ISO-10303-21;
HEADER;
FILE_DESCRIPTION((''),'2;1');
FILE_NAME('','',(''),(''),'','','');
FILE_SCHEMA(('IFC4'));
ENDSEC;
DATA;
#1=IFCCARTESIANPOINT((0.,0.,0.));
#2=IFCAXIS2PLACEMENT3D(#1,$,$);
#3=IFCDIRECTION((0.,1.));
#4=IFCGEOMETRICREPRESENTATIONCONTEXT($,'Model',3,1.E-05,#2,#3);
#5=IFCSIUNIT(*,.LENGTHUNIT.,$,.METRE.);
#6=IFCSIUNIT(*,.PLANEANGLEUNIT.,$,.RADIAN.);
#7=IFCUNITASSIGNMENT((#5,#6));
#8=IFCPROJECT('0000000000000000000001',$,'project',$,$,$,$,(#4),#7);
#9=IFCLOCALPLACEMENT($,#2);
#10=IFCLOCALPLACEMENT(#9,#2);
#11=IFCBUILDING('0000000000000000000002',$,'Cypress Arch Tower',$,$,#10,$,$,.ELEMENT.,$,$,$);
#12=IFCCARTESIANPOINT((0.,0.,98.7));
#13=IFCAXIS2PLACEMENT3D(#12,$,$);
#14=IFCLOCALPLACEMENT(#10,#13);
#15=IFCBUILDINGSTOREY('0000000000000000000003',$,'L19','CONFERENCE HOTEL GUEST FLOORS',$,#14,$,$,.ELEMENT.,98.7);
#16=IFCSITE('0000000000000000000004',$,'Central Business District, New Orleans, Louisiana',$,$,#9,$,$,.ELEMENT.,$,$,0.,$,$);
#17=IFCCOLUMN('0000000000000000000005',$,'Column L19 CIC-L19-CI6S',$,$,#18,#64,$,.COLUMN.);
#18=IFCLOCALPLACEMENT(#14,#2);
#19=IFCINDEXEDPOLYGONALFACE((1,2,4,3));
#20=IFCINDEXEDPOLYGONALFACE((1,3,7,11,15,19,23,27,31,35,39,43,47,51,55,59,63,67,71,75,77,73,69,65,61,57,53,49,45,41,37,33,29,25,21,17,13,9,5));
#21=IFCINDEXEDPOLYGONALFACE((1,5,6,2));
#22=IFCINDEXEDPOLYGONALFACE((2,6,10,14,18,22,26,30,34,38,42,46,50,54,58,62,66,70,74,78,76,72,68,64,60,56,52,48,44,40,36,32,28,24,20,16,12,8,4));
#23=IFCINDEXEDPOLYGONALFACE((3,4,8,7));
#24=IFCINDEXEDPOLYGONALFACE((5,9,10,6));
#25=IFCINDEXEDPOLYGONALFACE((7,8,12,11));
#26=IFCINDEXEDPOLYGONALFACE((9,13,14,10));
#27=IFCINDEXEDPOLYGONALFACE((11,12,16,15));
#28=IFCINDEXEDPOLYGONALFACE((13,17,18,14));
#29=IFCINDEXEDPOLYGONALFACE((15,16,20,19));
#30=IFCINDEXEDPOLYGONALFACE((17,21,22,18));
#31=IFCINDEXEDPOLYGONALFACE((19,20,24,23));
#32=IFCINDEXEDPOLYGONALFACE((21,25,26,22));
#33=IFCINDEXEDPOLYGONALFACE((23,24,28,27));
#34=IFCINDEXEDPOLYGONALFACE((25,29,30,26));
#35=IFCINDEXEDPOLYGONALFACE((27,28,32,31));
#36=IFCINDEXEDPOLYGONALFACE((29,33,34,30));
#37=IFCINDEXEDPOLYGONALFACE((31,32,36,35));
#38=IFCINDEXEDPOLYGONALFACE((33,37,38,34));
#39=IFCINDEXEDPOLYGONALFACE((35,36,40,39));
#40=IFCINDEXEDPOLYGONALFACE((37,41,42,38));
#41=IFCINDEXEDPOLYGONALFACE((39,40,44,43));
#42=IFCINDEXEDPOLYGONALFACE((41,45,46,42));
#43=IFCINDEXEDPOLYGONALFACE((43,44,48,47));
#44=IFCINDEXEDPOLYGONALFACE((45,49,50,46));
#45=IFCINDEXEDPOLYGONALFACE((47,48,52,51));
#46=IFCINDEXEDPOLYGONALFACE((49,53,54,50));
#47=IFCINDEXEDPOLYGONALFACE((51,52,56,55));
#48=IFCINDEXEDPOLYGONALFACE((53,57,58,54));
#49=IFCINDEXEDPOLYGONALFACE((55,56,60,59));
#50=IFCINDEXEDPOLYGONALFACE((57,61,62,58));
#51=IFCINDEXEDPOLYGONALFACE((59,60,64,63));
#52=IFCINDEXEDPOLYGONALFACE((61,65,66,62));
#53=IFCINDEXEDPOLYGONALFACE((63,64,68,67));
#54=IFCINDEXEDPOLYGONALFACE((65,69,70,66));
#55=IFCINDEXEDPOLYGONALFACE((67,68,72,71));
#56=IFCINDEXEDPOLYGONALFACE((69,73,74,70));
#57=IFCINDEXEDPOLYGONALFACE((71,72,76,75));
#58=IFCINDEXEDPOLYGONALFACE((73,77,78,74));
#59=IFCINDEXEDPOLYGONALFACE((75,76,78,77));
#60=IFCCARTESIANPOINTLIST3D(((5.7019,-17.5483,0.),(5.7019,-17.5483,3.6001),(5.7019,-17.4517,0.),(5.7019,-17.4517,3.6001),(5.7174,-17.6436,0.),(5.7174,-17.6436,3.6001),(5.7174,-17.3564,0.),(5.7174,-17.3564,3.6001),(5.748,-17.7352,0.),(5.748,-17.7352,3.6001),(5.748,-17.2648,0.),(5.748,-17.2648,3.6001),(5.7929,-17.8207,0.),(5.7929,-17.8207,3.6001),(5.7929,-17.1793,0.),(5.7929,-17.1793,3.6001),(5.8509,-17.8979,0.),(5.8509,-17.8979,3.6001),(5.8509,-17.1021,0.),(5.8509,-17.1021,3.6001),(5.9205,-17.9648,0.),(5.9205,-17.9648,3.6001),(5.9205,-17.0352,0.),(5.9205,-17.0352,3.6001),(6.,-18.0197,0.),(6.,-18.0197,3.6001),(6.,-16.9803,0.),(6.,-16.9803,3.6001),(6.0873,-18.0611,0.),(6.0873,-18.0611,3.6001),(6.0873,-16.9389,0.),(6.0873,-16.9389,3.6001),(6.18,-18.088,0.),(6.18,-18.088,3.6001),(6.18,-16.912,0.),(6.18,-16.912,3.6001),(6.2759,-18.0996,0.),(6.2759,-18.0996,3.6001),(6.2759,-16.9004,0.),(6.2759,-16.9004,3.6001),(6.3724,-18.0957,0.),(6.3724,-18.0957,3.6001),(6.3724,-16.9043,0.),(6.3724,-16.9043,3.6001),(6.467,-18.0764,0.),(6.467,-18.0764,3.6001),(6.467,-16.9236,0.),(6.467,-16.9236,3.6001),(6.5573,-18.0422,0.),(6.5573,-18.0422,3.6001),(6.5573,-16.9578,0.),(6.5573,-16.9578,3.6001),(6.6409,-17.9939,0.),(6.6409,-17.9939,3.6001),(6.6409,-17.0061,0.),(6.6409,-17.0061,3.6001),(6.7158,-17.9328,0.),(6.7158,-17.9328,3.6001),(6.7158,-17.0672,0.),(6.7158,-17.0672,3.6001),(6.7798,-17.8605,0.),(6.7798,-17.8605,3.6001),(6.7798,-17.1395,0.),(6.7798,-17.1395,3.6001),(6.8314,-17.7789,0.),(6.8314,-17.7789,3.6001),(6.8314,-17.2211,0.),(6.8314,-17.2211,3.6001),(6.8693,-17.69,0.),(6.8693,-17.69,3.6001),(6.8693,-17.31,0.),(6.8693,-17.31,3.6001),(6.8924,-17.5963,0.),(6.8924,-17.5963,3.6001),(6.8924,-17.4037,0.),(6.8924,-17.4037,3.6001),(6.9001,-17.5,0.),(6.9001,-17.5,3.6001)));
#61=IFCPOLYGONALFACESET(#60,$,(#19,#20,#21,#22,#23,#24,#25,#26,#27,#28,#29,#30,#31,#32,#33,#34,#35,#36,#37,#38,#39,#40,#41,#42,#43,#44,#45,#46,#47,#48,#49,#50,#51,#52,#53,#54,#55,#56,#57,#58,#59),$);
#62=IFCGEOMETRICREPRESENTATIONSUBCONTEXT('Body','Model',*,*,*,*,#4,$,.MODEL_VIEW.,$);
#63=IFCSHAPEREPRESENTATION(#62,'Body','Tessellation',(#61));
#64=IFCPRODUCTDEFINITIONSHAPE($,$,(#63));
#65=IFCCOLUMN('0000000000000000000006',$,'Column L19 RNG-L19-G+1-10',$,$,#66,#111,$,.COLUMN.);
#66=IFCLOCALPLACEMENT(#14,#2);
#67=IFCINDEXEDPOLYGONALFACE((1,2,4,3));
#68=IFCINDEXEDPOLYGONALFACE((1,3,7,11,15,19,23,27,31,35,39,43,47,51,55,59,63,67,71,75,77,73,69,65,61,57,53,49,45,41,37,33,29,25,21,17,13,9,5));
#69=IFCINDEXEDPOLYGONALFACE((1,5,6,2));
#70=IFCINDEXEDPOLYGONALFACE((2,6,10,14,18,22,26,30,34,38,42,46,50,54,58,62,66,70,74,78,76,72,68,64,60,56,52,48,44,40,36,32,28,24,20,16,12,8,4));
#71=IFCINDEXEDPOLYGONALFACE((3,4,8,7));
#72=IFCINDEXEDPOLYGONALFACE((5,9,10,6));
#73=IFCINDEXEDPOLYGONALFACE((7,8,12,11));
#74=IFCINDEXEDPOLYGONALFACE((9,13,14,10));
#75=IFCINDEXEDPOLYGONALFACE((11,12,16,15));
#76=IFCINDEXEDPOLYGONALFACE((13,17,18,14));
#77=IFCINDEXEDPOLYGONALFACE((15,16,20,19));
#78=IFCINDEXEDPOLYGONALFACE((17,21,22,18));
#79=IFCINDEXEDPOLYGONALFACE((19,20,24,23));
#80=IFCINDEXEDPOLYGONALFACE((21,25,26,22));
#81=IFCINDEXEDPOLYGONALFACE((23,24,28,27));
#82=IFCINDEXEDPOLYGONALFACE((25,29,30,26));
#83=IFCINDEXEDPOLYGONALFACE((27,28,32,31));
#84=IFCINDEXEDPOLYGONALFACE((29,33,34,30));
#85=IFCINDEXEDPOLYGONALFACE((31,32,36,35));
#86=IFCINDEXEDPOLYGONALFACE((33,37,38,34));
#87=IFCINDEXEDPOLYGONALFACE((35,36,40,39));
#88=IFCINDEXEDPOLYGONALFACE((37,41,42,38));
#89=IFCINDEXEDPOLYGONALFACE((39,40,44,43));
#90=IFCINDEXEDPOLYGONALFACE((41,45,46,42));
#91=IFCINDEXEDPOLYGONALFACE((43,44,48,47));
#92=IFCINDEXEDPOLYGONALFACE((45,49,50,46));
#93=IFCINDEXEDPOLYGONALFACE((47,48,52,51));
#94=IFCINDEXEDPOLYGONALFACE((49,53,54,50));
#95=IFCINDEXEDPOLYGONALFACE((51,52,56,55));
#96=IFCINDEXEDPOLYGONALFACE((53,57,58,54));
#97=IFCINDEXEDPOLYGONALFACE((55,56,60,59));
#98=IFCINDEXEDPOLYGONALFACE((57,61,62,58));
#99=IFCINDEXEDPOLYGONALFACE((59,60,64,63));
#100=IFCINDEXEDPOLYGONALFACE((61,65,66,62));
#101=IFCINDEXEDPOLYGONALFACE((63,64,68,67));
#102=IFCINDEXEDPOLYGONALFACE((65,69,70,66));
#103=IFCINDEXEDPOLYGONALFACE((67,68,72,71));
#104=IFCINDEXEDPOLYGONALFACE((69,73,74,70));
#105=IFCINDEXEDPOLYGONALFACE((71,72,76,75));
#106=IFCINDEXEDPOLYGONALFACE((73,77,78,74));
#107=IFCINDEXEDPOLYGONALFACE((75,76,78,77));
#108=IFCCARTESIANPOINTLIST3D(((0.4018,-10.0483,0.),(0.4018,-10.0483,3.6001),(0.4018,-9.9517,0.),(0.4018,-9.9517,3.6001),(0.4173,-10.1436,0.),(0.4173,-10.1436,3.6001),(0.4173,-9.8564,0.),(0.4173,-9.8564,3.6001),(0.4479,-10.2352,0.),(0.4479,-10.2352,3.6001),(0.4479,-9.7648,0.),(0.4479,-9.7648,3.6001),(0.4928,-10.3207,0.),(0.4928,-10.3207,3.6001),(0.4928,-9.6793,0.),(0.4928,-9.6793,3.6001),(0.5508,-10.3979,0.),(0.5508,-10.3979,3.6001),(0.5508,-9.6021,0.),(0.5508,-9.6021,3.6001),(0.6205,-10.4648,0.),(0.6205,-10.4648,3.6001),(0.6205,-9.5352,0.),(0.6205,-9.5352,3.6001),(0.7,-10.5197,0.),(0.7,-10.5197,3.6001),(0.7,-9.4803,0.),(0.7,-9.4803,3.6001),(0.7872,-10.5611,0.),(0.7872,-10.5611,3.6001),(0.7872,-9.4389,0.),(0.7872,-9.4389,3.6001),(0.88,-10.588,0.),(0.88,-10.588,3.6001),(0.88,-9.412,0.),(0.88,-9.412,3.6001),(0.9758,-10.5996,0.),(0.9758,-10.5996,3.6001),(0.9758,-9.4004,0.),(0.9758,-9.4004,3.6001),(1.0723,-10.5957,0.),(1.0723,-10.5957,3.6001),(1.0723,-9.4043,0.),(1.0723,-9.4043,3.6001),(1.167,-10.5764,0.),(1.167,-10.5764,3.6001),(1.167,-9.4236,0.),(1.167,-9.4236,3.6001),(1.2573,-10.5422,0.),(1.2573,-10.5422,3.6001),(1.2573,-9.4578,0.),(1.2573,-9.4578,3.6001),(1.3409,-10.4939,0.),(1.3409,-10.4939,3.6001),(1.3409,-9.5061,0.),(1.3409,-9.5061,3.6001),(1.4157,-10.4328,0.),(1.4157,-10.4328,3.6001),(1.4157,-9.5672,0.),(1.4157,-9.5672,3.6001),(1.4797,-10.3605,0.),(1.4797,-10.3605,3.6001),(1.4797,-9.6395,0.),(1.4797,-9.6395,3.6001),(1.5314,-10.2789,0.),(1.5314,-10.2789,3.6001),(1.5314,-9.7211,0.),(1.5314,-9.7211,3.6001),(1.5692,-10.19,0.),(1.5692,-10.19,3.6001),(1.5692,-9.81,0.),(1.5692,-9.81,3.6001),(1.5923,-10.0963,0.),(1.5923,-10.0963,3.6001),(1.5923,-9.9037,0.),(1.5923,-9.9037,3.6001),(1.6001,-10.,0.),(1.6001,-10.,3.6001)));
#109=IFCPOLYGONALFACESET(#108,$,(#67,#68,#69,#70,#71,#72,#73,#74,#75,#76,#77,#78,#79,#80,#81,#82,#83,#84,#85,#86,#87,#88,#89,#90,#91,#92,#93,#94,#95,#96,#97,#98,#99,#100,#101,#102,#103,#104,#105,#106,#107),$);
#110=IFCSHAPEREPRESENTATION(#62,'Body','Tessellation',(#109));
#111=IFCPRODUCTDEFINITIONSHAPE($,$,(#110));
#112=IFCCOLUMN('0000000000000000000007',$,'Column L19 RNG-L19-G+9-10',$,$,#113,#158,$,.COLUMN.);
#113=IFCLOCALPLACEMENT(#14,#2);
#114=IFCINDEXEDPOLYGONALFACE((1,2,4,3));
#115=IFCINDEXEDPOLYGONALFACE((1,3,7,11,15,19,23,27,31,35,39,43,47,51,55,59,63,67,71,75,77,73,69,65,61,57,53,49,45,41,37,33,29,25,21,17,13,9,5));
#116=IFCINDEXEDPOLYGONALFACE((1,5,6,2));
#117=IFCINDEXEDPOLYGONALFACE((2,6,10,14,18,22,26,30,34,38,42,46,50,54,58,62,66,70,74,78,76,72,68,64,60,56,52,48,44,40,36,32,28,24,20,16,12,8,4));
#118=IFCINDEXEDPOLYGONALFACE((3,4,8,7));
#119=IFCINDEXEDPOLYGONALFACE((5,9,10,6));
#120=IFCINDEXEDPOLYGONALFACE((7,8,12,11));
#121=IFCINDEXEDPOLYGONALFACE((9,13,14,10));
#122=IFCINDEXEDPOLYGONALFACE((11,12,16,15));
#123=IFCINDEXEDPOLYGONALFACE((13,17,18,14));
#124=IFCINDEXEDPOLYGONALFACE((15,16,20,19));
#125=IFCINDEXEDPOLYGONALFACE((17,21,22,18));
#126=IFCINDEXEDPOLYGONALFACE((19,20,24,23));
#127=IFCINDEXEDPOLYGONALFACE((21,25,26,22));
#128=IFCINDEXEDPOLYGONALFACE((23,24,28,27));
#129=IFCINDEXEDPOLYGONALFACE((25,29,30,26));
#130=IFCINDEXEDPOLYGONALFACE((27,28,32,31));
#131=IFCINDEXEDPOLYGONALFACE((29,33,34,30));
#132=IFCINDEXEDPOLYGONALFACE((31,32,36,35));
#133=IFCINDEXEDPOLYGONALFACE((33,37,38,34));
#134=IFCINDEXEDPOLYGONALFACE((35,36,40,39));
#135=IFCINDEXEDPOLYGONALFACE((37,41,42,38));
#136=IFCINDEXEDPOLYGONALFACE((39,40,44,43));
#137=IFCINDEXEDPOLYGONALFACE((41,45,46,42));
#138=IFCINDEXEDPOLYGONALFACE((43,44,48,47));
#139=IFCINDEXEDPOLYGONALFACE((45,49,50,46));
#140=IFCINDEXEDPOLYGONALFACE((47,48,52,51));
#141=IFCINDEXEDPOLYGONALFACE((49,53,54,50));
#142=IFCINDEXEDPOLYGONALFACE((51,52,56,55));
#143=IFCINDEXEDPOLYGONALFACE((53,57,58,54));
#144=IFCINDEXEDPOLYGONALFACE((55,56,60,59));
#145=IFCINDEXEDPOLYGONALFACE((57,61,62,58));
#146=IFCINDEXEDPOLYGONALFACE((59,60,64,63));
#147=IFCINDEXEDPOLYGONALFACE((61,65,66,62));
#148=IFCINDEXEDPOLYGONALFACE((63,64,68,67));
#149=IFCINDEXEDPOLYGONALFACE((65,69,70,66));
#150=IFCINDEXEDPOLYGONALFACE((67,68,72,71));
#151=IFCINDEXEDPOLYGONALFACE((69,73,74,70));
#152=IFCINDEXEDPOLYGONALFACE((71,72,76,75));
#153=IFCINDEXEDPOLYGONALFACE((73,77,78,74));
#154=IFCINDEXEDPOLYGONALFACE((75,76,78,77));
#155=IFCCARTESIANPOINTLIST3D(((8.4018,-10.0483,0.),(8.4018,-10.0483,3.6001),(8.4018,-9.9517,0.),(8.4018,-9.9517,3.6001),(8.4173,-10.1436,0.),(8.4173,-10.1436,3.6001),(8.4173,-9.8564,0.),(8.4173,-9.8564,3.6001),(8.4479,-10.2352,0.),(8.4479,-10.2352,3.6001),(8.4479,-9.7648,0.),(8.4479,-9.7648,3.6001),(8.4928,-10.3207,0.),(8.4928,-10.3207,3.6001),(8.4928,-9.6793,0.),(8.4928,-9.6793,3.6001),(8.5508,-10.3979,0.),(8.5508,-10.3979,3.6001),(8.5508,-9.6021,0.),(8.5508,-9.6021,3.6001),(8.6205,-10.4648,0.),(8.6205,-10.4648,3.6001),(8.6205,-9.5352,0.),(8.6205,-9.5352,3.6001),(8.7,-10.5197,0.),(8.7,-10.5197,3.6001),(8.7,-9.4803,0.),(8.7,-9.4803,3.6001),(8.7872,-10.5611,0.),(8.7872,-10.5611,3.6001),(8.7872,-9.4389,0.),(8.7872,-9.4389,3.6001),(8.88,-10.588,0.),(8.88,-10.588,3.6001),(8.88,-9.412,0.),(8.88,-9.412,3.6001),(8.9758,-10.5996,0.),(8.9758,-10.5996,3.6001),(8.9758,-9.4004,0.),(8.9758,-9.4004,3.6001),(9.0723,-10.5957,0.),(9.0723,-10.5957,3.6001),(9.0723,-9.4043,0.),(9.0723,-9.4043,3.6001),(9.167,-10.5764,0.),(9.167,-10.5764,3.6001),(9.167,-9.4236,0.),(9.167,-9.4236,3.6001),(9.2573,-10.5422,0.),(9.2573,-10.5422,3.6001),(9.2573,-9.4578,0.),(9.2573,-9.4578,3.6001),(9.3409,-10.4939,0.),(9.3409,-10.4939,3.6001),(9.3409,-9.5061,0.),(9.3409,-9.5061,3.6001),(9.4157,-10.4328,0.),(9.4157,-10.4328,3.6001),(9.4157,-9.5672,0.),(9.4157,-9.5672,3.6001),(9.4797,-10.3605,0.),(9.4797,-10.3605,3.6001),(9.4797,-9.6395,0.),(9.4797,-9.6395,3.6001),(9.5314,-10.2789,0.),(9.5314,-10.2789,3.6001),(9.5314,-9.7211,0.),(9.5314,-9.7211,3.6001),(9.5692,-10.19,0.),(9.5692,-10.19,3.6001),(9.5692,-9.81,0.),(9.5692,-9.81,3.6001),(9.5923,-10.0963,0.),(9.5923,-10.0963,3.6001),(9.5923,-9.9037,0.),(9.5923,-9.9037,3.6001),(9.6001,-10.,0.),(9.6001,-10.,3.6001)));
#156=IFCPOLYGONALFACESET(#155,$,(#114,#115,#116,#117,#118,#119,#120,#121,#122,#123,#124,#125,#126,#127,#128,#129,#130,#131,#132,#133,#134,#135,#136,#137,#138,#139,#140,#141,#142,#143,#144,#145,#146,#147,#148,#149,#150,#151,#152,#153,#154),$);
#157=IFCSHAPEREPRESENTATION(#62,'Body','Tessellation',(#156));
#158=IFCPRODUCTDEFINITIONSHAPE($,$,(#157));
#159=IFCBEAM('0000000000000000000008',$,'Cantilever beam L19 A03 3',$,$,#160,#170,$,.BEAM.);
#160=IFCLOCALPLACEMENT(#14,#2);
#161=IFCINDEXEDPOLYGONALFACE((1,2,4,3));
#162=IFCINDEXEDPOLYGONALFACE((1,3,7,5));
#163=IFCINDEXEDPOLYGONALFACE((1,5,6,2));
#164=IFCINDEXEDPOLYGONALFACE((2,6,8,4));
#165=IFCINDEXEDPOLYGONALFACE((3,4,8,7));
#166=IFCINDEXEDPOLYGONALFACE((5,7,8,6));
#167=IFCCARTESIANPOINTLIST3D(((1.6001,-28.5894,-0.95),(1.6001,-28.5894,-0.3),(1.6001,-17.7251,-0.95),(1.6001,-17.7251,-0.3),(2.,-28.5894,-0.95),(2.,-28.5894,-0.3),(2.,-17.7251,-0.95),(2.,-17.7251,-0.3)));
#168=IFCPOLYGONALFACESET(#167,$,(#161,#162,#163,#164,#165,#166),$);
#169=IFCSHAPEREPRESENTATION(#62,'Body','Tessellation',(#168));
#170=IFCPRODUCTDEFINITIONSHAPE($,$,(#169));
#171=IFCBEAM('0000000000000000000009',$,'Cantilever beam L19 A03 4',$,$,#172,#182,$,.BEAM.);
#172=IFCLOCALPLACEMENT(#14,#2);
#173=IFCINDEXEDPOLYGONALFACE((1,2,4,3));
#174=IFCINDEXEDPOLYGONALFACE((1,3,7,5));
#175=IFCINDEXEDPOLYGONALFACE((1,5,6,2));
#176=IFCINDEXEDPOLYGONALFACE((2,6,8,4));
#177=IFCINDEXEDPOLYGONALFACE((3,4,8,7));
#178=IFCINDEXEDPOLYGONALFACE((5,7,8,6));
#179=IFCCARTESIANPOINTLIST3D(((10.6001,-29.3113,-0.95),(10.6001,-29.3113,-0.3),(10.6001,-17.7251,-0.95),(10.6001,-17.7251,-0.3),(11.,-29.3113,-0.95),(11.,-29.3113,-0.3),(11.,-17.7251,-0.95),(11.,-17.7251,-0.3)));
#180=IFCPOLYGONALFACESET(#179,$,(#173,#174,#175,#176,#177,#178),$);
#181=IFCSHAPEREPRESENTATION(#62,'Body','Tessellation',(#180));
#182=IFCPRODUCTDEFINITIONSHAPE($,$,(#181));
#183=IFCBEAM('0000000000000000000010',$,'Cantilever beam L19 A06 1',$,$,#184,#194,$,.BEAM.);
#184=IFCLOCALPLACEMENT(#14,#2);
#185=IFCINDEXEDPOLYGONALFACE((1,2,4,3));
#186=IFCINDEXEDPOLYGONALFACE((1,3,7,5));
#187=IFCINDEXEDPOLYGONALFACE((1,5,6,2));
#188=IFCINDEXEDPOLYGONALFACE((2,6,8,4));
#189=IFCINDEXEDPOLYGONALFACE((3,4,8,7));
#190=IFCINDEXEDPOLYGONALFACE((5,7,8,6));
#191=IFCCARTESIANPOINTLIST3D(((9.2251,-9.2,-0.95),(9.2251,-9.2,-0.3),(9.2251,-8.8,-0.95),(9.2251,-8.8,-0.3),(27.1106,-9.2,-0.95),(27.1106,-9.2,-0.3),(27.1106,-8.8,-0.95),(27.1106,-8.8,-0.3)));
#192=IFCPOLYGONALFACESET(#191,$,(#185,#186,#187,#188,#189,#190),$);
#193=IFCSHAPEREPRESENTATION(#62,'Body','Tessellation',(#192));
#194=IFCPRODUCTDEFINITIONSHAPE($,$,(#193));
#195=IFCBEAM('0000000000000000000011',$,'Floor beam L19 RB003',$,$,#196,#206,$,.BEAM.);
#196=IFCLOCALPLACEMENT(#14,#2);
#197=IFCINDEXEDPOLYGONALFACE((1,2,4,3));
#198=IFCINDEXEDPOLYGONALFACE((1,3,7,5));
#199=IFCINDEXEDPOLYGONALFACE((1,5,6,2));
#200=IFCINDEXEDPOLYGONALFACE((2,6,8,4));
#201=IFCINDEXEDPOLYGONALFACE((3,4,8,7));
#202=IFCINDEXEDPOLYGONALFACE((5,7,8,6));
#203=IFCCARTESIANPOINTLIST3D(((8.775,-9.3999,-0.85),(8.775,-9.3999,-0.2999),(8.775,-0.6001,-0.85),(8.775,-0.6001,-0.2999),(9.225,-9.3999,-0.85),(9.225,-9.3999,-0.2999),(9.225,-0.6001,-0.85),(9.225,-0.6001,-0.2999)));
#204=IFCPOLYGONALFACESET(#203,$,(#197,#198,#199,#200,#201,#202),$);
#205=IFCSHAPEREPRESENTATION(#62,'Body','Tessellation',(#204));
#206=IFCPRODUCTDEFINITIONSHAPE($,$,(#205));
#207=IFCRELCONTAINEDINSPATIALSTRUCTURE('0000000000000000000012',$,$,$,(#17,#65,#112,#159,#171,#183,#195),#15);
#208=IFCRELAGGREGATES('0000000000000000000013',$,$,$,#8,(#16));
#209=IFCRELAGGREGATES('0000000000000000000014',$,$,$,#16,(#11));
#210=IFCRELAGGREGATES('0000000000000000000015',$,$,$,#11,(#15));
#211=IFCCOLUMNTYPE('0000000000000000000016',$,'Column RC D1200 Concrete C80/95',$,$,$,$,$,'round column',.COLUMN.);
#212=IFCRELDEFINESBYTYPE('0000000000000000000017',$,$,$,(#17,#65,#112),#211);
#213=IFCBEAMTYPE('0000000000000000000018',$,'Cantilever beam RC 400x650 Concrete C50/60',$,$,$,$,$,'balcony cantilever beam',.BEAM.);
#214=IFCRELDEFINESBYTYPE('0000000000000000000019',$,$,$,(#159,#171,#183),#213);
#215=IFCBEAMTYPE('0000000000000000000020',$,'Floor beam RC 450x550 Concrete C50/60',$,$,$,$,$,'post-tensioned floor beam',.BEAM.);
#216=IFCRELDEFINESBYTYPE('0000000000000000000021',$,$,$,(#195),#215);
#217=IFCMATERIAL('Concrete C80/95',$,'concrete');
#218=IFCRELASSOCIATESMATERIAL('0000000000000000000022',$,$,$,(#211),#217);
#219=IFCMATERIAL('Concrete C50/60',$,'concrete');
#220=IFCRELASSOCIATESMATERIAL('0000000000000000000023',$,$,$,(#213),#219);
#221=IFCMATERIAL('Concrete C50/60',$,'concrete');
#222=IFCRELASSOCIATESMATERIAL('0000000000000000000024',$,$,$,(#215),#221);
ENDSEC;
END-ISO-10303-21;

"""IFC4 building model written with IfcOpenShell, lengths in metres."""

from ifc_helpers import new_model, si_unit, direction, frame, origin, origin_2d, place, context, subcontext, project, spatial, rectangle, circle, extrude, material, material_profile, profile_set, type_object, element, save


model = new_model("IFC4")

# Units and contexts
model_context = context("Model", 3, precision=1e-05, world=origin(), true_north=direction((0.0, 1.0)))
body_context = subcontext(model_context, "Body", "Model", "MODEL_VIEW")
ifc_project = project(units=[si_unit("LENGTHUNIT", "METRE"), si_unit("PLANEANGLEUNIT", "RADIAN")], contexts=[model_context])

# Site, building, storey
site_placement = place(None, origin())
site = spatial("IfcSite", under=ifc_project, at=site_placement, Name="Central Business District, New Orleans, Louisiana", CompositionType="ELEMENT", RefElevation=0.0)
building_placement = place(site_placement, origin())
building = spatial("IfcBuilding", under=site, at=building_placement, Name="Cypress Arch Tower", CompositionType="ELEMENT")
storey_placement = place(building_placement, frame((0.0, 0.0, 98.7)))
storey = spatial("IfcBuildingStorey", under=building, at=storey_placement, Name="L19", Description="CONFERENCE HOTEL GUEST FLOORS", CompositionType="ELEMENT", Elevation=98.7)

# Columns
ifc_material_1 = material(Name="Concrete C80/95", Category="concrete")
ifc_material_profile_1 = material_profile(ifc_material_1, circle(Radius=0.6001, at=origin_2d()), Name="RC D1200")
ifc_profile_set_1 = profile_set([ifc_material_profile_1], Name="Concrete C80/95")
column_type = type_object("IfcColumnType", Name="Column RC D1200 Concrete C80/95", ElementType="round column", PredefinedType="COLUMN", material=ifc_profile_set_1)
for number, where, z_axis, x_axis, name in (
    (1, (6.3, -17.5, 0.0), (0.0, 0.0, 1.0), (1.0, 0.0, 0.0), "Column L19 CIC-L19-CI6S"),
    (2, (1.0, -10.0, 0.0), (0.0, 0.0, 1.0), (1.0, 0.0, 0.0), "Column L19 RNG-L19-G+1-10"),
    (3, (9.0, -10.0, 0.0), (0.0, 0.0, 1.0), (1.0, 0.0, 0.0), "Column L19 RNG-L19-G+9-10"),
):
    element("IfcColumn", number, at=place(storey_placement, frame(where, z_axis=z_axis, x_axis=x_axis)), inside=storey, type_object=column_type, Name=name, PredefinedType="COLUMN", context=body_context, shape_type="SweptSolid", body=[
        extrude(circle(Radius=0.6001, at=origin_2d()), origin(), (0.0, 0.0, 1.0), 3.6001),
    ])

# Beams
ifc_material_2 = material(Name="Concrete C50/60", Category="concrete")
ifc_material_profile_2 = material_profile(ifc_material_2, rectangle(XDim=0.3999, YDim=0.6499, at=origin_2d()), Name="RC 400x650")
ifc_profile_set_2 = profile_set([ifc_material_profile_2], Name="Concrete C50/60")
beam_type_1 = type_object("IfcBeamType", Name="Cantilever beam RC 400x650 Concrete C50/60", ElementType="balcony cantilever beam", PredefinedType="BEAM", material=ifc_profile_set_2)
beam_1_placement = place(storey_placement, frame((1.8, -17.7251, -0.625), z_axis=(0.0, -1.0, 0.0), x_axis=(1.0, 0.0, 0.0)))
element("IfcBeam", 4, at=beam_1_placement, inside=storey, type_object=beam_type_1, Name="Cantilever beam L19 A03 3", PredefinedType="BEAM", context=body_context, shape_type="SweptSolid", body=[
    extrude(rectangle(XDim=0.3999, YDim=0.6499, at=origin_2d()), origin(), (0.0, 0.0, 1.0), 10.8643),
])
beam_2_placement = place(storey_placement, frame((10.8, -17.7251, -0.625), z_axis=(0.0, -1.0, 0.0), x_axis=(1.0, 0.0, 0.0)))
element("IfcBeam", 5, at=beam_2_placement, inside=storey, type_object=beam_type_1, Name="Cantilever beam L19 A03 4", PredefinedType="BEAM", context=body_context, shape_type="SweptSolid", body=[
    extrude(rectangle(XDim=0.3999, YDim=0.6499, at=origin_2d()), origin(), (0.0, 0.0, 1.0), 11.5862),
])
beam_3_placement = place(storey_placement, frame((9.2251, -9.0, -0.625), z_axis=(1.0, 0.0, 0.0), x_axis=(0.0, 1.0, 0.0)))
element("IfcBeam", 6, at=beam_3_placement, inside=storey, type_object=beam_type_1, Name="Cantilever beam L19 A06 1", PredefinedType="BEAM", context=body_context, shape_type="SweptSolid", body=[
    extrude(rectangle(XDim=0.3999, YDim=0.6499, at=origin_2d()), origin(), (0.0, 0.0, 1.0), 17.8855),
])
ifc_material_3 = material(Name="Concrete C50/60", Category="concrete")
ifc_material_profile_3 = material_profile(ifc_material_3, rectangle(XDim=0.45, YDim=0.55, at=origin_2d()), Name="RC 450x550")
ifc_profile_set_3 = profile_set([ifc_material_profile_3], Name="Concrete C50/60")
beam_type_2 = type_object("IfcBeamType", Name="Floor beam RC 450x550 Concrete C50/60", ElementType="post-tensioned floor beam", PredefinedType="BEAM", material=ifc_profile_set_3)
beam_4_placement = place(storey_placement, frame((9.0, -9.3999, -0.575), z_axis=(0.0, 1.0, 0.0), x_axis=(-1.0, 0.0, 0.0)))
element("IfcBeam", 7, at=beam_4_placement, inside=storey, type_object=beam_type_2, Name="Floor beam L19 RB003", PredefinedType="BEAM", context=body_context, shape_type="SweptSolid", body=[
    extrude(rectangle(XDim=0.45, YDim=0.55, at=origin_2d()), origin(), (0.0, 0.0, 1.0), 8.7998),
])

save(model, "model.ifc")
